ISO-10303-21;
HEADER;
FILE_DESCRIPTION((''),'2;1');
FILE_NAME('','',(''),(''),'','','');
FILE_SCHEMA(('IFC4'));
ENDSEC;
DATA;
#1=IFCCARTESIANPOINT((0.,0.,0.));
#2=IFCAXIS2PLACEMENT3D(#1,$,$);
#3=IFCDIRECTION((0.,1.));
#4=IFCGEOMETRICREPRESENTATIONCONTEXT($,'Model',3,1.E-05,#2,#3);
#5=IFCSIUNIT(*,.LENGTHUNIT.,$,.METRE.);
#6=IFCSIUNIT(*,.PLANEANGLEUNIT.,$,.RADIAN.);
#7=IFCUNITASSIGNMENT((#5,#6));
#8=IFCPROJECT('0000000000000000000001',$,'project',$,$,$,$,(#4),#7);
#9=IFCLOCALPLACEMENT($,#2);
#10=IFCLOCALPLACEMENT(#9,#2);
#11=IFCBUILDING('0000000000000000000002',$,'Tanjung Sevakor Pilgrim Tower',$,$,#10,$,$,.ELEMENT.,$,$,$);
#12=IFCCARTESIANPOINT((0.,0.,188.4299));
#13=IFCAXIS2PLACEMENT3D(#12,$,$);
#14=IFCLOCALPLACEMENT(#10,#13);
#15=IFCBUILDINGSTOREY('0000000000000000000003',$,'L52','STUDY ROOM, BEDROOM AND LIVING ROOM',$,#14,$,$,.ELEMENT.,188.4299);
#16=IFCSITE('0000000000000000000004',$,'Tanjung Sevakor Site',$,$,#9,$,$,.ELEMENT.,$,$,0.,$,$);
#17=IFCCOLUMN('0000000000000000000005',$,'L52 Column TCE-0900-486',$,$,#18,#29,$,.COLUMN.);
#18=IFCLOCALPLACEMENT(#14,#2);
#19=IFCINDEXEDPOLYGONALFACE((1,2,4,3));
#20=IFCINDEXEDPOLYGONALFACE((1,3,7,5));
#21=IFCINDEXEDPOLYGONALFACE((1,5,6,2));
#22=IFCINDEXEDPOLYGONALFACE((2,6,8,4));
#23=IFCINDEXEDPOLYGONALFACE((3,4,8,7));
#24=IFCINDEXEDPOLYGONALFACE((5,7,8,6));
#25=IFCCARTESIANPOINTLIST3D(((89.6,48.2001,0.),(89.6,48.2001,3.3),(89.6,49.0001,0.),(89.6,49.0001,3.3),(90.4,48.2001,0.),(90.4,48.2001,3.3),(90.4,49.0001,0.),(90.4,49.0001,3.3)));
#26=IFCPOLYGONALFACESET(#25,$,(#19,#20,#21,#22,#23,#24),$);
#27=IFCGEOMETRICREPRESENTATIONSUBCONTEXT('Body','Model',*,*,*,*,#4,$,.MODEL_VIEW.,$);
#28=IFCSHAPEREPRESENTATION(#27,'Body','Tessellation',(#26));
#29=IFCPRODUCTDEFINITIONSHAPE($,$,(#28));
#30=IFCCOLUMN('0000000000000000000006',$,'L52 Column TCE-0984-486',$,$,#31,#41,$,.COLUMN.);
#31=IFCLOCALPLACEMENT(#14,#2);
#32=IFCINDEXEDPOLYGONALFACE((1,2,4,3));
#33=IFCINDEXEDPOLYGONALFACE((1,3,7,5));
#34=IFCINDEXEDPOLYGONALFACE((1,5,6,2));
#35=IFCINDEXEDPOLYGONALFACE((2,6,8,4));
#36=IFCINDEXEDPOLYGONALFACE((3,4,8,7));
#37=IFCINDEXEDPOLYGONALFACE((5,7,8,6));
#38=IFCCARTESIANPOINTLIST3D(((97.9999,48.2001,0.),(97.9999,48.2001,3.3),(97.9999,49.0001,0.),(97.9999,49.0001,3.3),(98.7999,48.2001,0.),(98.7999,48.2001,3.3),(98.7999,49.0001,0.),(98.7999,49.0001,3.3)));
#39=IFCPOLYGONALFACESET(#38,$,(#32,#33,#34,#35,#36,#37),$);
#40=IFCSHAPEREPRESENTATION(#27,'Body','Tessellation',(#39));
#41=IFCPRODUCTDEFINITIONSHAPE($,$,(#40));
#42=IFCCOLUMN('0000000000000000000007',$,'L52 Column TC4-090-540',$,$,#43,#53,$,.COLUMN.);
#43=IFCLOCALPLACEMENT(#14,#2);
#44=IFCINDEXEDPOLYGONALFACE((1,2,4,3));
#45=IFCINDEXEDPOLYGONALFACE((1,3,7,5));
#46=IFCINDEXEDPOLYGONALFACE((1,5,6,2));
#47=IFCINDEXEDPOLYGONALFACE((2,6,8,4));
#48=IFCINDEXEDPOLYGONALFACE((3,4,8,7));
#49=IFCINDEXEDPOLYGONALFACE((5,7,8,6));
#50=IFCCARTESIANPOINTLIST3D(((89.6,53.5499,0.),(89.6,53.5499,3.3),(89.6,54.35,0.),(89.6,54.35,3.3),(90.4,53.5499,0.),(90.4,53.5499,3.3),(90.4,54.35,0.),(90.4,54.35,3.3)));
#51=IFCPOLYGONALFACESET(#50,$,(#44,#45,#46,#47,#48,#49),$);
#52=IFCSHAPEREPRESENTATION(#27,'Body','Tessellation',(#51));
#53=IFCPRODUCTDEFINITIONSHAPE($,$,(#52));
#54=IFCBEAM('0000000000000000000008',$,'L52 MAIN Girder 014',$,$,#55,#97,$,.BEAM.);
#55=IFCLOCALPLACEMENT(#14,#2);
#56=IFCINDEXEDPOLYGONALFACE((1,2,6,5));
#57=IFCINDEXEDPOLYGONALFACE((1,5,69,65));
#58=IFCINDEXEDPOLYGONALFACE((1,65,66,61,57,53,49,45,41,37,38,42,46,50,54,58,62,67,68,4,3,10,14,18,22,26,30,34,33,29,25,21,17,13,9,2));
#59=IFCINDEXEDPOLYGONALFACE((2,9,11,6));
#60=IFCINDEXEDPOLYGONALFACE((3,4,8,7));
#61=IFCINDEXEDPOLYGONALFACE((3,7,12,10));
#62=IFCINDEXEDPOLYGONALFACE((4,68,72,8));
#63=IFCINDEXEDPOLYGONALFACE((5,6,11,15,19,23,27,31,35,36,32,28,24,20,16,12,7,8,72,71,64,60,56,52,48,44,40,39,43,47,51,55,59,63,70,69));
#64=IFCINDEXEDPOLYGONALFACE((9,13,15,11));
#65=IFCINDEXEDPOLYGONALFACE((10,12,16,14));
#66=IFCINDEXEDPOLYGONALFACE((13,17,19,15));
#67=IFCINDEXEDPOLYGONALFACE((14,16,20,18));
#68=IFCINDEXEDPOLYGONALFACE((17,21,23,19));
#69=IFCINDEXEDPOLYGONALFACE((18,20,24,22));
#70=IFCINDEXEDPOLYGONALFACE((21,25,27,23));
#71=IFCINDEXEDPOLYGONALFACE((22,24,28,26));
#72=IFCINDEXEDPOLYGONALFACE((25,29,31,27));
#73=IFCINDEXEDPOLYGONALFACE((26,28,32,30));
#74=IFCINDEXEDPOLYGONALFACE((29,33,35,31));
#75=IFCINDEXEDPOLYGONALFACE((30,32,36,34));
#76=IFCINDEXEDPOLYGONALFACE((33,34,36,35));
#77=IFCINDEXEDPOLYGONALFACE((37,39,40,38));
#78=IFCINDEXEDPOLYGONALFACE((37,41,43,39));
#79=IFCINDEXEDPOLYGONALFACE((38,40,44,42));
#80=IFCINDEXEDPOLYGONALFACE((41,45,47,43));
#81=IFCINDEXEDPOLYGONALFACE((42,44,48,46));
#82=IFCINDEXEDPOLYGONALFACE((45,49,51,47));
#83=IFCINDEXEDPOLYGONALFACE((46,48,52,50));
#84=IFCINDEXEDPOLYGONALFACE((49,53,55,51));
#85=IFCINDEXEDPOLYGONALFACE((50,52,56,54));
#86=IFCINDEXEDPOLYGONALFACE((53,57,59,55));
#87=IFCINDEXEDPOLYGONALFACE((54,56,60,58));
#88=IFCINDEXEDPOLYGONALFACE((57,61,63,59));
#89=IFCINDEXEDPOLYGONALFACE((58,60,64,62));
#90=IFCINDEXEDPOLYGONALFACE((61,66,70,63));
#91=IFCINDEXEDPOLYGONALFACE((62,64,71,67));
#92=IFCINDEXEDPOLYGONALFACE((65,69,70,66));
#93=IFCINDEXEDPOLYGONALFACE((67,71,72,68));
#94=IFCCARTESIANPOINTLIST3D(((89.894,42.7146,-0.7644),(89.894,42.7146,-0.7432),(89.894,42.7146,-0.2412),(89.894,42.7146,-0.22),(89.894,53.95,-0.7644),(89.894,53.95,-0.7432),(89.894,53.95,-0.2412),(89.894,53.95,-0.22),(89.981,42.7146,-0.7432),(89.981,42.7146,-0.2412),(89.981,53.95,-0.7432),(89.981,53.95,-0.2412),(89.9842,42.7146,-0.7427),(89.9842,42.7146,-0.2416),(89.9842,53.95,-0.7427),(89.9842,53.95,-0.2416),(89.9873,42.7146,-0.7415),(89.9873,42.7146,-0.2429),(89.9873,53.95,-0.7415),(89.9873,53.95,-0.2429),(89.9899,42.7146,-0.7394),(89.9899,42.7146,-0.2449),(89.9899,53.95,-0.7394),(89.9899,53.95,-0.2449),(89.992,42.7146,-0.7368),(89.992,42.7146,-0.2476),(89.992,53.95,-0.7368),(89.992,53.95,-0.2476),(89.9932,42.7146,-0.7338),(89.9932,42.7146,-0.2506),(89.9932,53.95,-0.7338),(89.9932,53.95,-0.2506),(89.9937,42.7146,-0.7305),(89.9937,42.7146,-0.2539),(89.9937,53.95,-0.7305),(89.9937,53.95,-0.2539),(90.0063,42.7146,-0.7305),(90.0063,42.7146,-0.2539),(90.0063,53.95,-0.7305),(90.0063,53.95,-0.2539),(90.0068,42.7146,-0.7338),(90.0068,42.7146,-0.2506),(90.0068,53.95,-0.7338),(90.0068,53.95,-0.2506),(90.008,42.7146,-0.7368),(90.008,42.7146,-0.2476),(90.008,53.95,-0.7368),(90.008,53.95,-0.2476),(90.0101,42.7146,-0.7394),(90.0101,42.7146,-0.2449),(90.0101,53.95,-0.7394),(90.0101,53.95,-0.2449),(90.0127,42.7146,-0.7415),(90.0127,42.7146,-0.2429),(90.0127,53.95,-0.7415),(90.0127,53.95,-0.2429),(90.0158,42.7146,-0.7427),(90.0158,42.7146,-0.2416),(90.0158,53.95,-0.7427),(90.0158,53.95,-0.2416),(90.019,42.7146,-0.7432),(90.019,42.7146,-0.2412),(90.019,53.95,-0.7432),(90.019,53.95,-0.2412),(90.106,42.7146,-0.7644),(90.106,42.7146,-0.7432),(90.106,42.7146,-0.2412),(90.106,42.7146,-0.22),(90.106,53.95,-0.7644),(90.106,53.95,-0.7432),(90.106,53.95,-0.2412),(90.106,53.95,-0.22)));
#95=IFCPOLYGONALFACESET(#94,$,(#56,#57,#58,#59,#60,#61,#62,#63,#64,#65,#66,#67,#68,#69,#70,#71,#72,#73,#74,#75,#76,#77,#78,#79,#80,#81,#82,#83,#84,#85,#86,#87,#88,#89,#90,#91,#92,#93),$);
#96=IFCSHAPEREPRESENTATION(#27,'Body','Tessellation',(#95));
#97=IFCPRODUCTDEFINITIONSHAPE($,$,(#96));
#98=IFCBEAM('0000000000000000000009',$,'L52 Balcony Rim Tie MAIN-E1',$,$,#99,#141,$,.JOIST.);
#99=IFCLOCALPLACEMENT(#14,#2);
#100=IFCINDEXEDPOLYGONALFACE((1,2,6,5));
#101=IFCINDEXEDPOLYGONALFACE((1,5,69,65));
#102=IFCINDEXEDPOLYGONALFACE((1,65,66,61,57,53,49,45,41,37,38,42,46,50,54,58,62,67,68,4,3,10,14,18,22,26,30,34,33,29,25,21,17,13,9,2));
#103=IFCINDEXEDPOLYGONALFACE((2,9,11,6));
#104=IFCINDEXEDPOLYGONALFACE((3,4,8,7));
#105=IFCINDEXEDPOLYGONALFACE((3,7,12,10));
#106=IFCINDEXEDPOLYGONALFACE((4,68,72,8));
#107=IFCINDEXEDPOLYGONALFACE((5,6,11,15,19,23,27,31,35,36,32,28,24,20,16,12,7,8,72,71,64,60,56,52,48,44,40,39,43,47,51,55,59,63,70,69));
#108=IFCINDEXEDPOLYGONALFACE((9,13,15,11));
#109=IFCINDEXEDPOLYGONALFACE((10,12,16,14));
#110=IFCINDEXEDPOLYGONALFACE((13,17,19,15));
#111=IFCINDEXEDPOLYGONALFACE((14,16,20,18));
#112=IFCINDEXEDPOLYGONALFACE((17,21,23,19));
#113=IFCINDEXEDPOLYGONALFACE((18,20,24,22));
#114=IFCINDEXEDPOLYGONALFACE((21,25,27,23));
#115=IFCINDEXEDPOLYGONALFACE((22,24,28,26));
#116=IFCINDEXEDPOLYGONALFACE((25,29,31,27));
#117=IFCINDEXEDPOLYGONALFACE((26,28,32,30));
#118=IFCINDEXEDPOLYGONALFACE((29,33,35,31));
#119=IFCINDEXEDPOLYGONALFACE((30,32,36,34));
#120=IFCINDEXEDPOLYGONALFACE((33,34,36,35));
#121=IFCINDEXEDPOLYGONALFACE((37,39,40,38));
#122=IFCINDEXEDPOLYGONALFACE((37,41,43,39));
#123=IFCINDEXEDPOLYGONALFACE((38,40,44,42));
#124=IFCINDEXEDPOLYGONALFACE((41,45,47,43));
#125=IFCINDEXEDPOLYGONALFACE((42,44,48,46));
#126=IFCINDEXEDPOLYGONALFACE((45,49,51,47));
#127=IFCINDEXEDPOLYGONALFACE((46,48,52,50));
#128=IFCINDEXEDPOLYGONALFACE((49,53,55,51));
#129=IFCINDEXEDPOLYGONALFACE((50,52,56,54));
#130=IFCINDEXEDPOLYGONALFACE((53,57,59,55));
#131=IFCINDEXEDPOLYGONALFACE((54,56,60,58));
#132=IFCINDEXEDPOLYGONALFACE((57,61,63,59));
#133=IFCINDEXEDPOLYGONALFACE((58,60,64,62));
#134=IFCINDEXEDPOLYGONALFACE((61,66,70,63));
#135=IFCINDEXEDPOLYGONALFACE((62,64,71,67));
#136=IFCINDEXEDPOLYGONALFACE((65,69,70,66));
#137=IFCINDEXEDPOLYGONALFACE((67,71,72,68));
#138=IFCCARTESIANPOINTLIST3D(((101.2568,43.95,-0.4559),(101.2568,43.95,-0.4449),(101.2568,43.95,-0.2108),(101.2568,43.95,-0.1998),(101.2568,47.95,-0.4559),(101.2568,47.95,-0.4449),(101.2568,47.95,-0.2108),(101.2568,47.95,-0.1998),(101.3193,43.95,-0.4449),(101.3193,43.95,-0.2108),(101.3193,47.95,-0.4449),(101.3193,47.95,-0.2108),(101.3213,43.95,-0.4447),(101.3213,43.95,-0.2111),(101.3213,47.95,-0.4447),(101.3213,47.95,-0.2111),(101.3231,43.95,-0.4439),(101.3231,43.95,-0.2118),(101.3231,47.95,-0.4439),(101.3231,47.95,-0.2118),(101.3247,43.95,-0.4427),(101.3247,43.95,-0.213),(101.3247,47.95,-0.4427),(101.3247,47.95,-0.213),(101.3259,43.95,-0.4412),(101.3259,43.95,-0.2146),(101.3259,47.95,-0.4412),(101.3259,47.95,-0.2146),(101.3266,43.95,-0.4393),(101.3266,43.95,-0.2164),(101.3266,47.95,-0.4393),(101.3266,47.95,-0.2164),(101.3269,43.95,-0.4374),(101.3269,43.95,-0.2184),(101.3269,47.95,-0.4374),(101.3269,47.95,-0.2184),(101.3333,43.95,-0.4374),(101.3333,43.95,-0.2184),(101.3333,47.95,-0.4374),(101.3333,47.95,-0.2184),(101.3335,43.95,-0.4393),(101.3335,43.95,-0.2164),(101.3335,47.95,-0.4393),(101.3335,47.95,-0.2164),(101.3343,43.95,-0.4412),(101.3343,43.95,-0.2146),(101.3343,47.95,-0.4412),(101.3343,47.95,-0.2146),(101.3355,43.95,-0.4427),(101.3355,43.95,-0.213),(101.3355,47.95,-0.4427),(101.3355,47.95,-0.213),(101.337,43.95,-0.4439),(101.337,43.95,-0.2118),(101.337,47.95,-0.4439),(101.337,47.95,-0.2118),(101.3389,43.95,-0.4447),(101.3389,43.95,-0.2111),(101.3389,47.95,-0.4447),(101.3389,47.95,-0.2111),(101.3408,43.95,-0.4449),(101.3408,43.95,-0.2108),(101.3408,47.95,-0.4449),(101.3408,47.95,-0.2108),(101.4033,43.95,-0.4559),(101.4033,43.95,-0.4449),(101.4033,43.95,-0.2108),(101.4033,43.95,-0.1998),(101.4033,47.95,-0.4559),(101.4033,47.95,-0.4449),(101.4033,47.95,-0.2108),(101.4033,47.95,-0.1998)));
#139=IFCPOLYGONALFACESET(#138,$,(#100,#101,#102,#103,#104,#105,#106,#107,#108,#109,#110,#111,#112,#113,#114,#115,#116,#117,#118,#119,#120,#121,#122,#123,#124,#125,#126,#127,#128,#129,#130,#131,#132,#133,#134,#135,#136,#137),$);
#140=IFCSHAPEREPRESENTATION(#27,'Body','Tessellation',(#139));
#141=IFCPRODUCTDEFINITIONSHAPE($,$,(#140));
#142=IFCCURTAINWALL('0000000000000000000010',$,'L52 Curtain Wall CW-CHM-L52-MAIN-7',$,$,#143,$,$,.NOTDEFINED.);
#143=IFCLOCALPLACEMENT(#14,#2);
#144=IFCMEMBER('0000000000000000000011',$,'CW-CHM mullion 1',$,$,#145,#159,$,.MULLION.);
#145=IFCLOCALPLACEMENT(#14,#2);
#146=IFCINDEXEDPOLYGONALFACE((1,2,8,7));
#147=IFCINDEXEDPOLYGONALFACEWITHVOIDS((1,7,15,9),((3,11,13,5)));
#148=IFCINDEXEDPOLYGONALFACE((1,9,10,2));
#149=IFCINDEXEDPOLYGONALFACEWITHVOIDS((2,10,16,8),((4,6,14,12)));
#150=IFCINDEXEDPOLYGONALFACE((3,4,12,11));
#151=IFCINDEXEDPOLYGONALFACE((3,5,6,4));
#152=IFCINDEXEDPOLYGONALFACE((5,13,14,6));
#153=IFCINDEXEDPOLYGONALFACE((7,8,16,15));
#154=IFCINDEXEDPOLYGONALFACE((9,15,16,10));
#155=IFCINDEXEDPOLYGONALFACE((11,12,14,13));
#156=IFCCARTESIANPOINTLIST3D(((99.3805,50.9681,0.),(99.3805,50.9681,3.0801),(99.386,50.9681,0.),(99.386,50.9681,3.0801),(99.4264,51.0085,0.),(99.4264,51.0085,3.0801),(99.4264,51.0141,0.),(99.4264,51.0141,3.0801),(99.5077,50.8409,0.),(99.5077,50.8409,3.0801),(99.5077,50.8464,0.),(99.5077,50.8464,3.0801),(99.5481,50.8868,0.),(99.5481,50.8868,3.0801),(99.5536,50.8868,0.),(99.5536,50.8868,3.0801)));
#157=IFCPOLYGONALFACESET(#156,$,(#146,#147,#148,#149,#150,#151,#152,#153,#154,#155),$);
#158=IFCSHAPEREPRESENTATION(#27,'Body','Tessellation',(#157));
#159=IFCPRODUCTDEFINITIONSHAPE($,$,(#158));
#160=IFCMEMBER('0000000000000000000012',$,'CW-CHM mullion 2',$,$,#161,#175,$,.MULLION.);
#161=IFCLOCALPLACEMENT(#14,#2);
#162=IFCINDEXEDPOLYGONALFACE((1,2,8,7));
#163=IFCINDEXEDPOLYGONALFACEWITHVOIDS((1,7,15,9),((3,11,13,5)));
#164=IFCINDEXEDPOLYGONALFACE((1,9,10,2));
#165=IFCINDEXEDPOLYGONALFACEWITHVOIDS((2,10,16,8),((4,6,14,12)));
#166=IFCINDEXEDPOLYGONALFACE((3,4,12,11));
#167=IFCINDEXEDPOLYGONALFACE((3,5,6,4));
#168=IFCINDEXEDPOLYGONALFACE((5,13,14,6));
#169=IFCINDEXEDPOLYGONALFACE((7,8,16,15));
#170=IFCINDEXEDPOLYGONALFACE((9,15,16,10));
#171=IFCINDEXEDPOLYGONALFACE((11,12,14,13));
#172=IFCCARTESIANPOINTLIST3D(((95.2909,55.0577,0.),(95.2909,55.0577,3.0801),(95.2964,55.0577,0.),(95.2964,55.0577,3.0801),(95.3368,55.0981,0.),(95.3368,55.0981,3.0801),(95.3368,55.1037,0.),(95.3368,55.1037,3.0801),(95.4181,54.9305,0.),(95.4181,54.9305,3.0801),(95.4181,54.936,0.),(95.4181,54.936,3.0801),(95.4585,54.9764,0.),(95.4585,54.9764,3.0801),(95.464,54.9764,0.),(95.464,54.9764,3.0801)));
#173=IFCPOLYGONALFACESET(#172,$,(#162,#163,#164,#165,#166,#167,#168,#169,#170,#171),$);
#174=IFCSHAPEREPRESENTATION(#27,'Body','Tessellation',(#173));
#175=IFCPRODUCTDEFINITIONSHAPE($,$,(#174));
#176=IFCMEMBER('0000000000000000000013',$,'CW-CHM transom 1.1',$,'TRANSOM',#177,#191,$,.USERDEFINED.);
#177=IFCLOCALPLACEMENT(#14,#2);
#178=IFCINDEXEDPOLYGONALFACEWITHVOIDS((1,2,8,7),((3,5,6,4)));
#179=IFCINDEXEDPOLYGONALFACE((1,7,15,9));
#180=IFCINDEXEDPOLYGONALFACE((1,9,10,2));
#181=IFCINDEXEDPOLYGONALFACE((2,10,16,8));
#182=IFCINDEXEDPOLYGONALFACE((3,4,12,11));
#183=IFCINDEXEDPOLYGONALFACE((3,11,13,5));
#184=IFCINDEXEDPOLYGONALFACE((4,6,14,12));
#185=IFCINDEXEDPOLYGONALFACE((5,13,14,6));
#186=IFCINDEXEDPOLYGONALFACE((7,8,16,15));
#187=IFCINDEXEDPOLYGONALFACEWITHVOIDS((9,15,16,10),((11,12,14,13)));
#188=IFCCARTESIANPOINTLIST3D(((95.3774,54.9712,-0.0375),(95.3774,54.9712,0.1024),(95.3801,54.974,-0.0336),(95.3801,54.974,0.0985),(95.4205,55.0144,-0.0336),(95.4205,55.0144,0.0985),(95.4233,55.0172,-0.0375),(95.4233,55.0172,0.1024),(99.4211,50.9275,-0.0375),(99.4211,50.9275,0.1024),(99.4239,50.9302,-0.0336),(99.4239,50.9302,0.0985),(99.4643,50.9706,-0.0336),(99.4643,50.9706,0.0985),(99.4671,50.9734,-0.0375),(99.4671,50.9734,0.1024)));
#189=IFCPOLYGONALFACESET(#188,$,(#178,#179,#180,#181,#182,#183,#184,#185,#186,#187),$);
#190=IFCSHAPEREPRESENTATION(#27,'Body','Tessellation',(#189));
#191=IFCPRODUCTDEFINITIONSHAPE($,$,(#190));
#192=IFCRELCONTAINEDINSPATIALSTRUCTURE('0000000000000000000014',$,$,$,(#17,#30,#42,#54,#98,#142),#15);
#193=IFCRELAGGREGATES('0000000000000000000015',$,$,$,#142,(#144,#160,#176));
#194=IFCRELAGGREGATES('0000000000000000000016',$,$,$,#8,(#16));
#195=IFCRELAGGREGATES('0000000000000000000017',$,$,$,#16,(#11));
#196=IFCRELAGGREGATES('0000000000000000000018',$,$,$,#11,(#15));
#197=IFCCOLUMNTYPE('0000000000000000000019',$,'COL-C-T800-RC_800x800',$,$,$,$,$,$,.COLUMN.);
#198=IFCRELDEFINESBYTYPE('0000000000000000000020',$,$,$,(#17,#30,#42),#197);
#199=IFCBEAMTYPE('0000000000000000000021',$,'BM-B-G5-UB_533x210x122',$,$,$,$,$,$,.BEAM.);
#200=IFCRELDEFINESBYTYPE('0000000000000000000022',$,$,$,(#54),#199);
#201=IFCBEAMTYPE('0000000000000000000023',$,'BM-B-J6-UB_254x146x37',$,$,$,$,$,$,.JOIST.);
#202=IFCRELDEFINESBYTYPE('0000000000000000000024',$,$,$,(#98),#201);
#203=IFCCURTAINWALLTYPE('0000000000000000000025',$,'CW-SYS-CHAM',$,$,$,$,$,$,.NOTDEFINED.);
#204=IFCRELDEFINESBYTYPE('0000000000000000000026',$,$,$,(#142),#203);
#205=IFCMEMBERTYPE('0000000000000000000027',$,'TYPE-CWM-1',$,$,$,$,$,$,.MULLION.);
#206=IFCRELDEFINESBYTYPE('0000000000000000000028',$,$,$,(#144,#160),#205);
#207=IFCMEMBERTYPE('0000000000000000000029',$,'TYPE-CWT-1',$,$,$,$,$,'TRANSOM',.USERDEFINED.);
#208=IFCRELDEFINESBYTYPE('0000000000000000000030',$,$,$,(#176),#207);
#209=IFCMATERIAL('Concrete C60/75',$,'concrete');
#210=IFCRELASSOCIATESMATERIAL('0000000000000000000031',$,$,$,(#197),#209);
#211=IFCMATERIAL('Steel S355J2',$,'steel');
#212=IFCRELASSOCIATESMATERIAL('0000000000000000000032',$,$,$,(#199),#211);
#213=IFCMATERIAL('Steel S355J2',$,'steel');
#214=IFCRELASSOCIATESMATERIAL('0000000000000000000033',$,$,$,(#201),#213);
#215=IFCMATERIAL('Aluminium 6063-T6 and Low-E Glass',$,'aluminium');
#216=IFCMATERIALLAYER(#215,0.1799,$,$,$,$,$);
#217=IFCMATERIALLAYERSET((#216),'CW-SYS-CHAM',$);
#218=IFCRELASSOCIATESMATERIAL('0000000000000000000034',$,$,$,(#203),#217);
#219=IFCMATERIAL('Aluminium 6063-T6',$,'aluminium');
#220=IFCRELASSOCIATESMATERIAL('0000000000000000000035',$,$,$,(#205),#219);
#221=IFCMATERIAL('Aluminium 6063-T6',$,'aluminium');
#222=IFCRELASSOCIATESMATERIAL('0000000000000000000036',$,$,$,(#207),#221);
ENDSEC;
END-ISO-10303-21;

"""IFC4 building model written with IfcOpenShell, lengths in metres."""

from ifc_helpers import new_model, si_unit, direction, frame, origin, origin_2d, place, context, subcontext, project, spatial, rectangle, hollow_rectangle, i_section, extrude, material, layer, layer_set, material_profile, profile_set, type_object, element, aggregate, save


model = new_model("IFC4")

# Units and contexts
model_context = context("Model", 3, precision=1e-05, world=origin(), true_north=direction((0.0, 1.0)))
body_context = subcontext(model_context, "Body", "Model", "MODEL_VIEW")
ifc_project = project(units=[si_unit("LENGTHUNIT", "METRE"), si_unit("PLANEANGLEUNIT", "RADIAN")], contexts=[model_context])

# Site, building, storey
site_placement = place(None, origin())
site = spatial("IfcSite", under=ifc_project, at=site_placement, Name="Tanjung Sevakor Site", CompositionType="ELEMENT", RefElevation=0.0)
building_placement = place(site_placement, origin())
building = spatial("IfcBuilding", under=site, at=building_placement, Name="Tanjung Sevakor Pilgrim Tower", CompositionType="ELEMENT")
storey_placement = place(building_placement, frame((0.0, 0.0, 188.4299)))
storey = spatial("IfcBuildingStorey", under=building, at=storey_placement, Name="L52", Description="STUDY ROOM, BEDROOM AND LIVING ROOM", CompositionType="ELEMENT", Elevation=188.4299)

# Columns
ifc_material_1 = material(Name="Concrete C60/75", Category="concrete")
ifc_material_profile_1 = material_profile(ifc_material_1, rectangle(XDim=0.8, YDim=0.8, at=origin_2d()))
ifc_profile_set_1 = profile_set([ifc_material_profile_1], Name="Concrete C60/75")
column_type = type_object("IfcColumnType", Name="COL-C-T800-RC_800x800", PredefinedType="COLUMN", material=ifc_profile_set_1)
for number, where, z_axis, x_axis, name in (
    (1, (90.0, 48.6001, 0.0), (0.0, 0.0, 1.0), (1.0, 0.0, 0.0), "L52 Column TCE-0900-486"),
    (2, (98.3999, 48.6001, 0.0), (0.0, 0.0, 1.0), (1.0, 0.0, 0.0), "L52 Column TCE-0984-486"),
    (3, (90.0, 53.95, 0.0), (0.0, 0.0, 1.0), (1.0, 0.0, 0.0), "L52 Column TC4-090-540"),
):
    element("IfcColumn", number, at=place(storey_placement, frame(where, z_axis=z_axis, x_axis=x_axis)), inside=storey, type_object=column_type, Name=name, PredefinedType="COLUMN", context=body_context, shape_type="SweptSolid", body=[
        extrude(rectangle(XDim=0.8, YDim=0.8, at=origin_2d()), origin(), (0.0, 0.0, 1.0), 3.3),
    ])

# Beams
ifc_material_2 = material(Name="Steel S355J2", Category="steel")
ifc_material_profile_2 = material_profile(ifc_material_2, i_section(OverallWidth=0.2119, OverallDepth=0.5444, WebThickness=0.0127, FlangeThickness=0.0212, FilletRadius=0.0127, at=origin_2d()))
ifc_profile_set_2 = profile_set([ifc_material_profile_2], Name="Steel S355J2")
beam_type_1 = type_object("IfcBeamType", Name="BM-B-G5-UB_533x210x122", PredefinedType="BEAM", material=ifc_profile_set_2)
beam_1_placement = place(storey_placement, frame((90.0, 42.7146, -0.4922), z_axis=(0.0, 1.0, 0.0), x_axis=(-1.0, 0.0, 0.0)))
element("IfcBeam", 4, at=beam_1_placement, inside=storey, type_object=beam_type_1, Name="L52 MAIN Girder 014", PredefinedType="BEAM", context=body_context, shape_type="SweptSolid", body=[
    extrude(i_section(OverallWidth=0.2119, OverallDepth=0.5444, WebThickness=0.0127, FlangeThickness=0.0212, FilletRadius=0.0127, at=origin_2d()), origin(), (0.0, 0.0, 1.0), 11.2354),
])
ifc_material_3 = material(Name="Steel S355J2", Category="steel")
ifc_material_profile_3 = material_profile(ifc_material_3, i_section(OverallWidth=0.1465, OverallDepth=0.2561, WebThickness=0.0063, FlangeThickness=0.011, FilletRadius=0.0076, at=origin_2d()))
ifc_profile_set_3 = profile_set([ifc_material_profile_3], Name="Steel S355J2")
beam_type_2 = type_object("IfcBeamType", Name="BM-B-J6-UB_254x146x37", PredefinedType="JOIST", material=ifc_profile_set_3)
beam_2_placement = place(storey_placement, frame((101.3301, 43.95, -0.3279), z_axis=(0.0, 1.0, 0.0), x_axis=(-1.0, 0.0, 0.0)))
element("IfcBeam", 5, at=beam_2_placement, inside=storey, type_object=beam_type_2, Name="L52 Balcony Rim Tie MAIN-E1", PredefinedType="JOIST", context=body_context, shape_type="SweptSolid", body=[
    extrude(i_section(OverallWidth=0.1465, OverallDepth=0.2561, WebThickness=0.0063, FlangeThickness=0.011, FilletRadius=0.0076, at=origin_2d()), origin(), (0.0, 0.0, 1.0), 4.0),
])

# Curtain wall, members
ifc_material_4 = material(Name="Aluminium 6063-T6 and Low-E Glass", Category="aluminium")
ifc_layer_1 = layer(ifc_material_4, 0.1799)
ifc_layer_set_1 = layer_set([ifc_layer_1], Name="CW-SYS-CHAM")
curtain_wall_type = type_object("IfcCurtainWallType", Name="CW-SYS-CHAM", PredefinedType="NOTDEFINED", material=ifc_layer_set_1)
curtain_wall_placement = place(storey_placement, origin())
curtain_wall = element("IfcCurtainWall", 6, at=curtain_wall_placement, inside=storey, type_object=curtain_wall_type, Name="L52 Curtain Wall CW-CHM-L52-MAIN-7", PredefinedType="NOTDEFINED")
ifc_material_5 = material(Name="Aluminium 6063-T6", Category="aluminium")
ifc_material_profile_4 = material_profile(ifc_material_5, hollow_rectangle(XDim=0.0649, YDim=0.1799, WallThickness=0.0039, at=origin_2d()))
ifc_profile_set_4 = profile_set([ifc_material_profile_4], Name="Aluminium 6063-T6")
member_type_1 = type_object("IfcMemberType", Name="TYPE-CWM-1", PredefinedType="MULLION", material=ifc_profile_set_4)
member_1_placement = place(storey_placement, frame((99.467, 50.9275, 0.0), z_axis=(0.0, 0.0, 1.0), x_axis=(-0.707107, -0.707107, 0.0)))
member_1 = element("IfcMember", 7, at=member_1_placement, type_object=member_type_1, Name="CW-CHM mullion 1", PredefinedType="MULLION", context=body_context, shape_type="SweptSolid", body=[
    extrude(hollow_rectangle(XDim=0.0649, YDim=0.1799, WallThickness=0.0039, at=origin_2d()), origin(), (0.0, 0.0, 1.0), 3.0801),
])
member_2_placement = place(storey_placement, frame((95.3774, 55.0171, 0.0), z_axis=(0.0, 0.0, 1.0), x_axis=(-0.707107, -0.707107, 0.0)))
member_2 = element("IfcMember", 8, at=member_2_placement, type_object=member_type_1, Name="CW-CHM mullion 2", PredefinedType="MULLION", context=body_context, shape_type="SweptSolid", body=[
    extrude(hollow_rectangle(XDim=0.0649, YDim=0.1799, WallThickness=0.0039, at=origin_2d()), origin(), (0.0, 0.0, 1.0), 3.0801),
])
ifc_material_6 = material(Name="Aluminium 6063-T6", Category="aluminium")
ifc_material_profile_5 = material_profile(ifc_material_6, hollow_rectangle(XDim=0.0649, YDim=0.1399, WallThickness=0.0039, at=origin_2d()))
ifc_profile_set_5 = profile_set([ifc_material_profile_5], Name="Aluminium 6063-T6")
member_type_2 = type_object("IfcMemberType", Name="TYPE-CWT-1", ElementType="TRANSOM", PredefinedType="USERDEFINED", material=ifc_profile_set_5)
member_3_placement = place(storey_placement, frame((99.4441, 50.9504, 0.0325), z_axis=(-0.707107, 0.707107, 0.0), x_axis=(-0.707107, -0.707107, 0.0)))
member_3 = element("IfcMember", 9, at=member_3_placement, type_object=member_type_2, Name="CW-CHM transom 1.1", ObjectType="TRANSOM", PredefinedType="USERDEFINED", context=body_context, shape_type="SweptSolid", body=[
    extrude(hollow_rectangle(XDim=0.0649, YDim=0.1399, WallThickness=0.0039, at=origin_2d()), origin(), (0.0, 0.0, 1.0), 5.7188),
])
aggregate(curtain_wall, [member_1, member_2, member_3])

save(model, "model.ifc")
